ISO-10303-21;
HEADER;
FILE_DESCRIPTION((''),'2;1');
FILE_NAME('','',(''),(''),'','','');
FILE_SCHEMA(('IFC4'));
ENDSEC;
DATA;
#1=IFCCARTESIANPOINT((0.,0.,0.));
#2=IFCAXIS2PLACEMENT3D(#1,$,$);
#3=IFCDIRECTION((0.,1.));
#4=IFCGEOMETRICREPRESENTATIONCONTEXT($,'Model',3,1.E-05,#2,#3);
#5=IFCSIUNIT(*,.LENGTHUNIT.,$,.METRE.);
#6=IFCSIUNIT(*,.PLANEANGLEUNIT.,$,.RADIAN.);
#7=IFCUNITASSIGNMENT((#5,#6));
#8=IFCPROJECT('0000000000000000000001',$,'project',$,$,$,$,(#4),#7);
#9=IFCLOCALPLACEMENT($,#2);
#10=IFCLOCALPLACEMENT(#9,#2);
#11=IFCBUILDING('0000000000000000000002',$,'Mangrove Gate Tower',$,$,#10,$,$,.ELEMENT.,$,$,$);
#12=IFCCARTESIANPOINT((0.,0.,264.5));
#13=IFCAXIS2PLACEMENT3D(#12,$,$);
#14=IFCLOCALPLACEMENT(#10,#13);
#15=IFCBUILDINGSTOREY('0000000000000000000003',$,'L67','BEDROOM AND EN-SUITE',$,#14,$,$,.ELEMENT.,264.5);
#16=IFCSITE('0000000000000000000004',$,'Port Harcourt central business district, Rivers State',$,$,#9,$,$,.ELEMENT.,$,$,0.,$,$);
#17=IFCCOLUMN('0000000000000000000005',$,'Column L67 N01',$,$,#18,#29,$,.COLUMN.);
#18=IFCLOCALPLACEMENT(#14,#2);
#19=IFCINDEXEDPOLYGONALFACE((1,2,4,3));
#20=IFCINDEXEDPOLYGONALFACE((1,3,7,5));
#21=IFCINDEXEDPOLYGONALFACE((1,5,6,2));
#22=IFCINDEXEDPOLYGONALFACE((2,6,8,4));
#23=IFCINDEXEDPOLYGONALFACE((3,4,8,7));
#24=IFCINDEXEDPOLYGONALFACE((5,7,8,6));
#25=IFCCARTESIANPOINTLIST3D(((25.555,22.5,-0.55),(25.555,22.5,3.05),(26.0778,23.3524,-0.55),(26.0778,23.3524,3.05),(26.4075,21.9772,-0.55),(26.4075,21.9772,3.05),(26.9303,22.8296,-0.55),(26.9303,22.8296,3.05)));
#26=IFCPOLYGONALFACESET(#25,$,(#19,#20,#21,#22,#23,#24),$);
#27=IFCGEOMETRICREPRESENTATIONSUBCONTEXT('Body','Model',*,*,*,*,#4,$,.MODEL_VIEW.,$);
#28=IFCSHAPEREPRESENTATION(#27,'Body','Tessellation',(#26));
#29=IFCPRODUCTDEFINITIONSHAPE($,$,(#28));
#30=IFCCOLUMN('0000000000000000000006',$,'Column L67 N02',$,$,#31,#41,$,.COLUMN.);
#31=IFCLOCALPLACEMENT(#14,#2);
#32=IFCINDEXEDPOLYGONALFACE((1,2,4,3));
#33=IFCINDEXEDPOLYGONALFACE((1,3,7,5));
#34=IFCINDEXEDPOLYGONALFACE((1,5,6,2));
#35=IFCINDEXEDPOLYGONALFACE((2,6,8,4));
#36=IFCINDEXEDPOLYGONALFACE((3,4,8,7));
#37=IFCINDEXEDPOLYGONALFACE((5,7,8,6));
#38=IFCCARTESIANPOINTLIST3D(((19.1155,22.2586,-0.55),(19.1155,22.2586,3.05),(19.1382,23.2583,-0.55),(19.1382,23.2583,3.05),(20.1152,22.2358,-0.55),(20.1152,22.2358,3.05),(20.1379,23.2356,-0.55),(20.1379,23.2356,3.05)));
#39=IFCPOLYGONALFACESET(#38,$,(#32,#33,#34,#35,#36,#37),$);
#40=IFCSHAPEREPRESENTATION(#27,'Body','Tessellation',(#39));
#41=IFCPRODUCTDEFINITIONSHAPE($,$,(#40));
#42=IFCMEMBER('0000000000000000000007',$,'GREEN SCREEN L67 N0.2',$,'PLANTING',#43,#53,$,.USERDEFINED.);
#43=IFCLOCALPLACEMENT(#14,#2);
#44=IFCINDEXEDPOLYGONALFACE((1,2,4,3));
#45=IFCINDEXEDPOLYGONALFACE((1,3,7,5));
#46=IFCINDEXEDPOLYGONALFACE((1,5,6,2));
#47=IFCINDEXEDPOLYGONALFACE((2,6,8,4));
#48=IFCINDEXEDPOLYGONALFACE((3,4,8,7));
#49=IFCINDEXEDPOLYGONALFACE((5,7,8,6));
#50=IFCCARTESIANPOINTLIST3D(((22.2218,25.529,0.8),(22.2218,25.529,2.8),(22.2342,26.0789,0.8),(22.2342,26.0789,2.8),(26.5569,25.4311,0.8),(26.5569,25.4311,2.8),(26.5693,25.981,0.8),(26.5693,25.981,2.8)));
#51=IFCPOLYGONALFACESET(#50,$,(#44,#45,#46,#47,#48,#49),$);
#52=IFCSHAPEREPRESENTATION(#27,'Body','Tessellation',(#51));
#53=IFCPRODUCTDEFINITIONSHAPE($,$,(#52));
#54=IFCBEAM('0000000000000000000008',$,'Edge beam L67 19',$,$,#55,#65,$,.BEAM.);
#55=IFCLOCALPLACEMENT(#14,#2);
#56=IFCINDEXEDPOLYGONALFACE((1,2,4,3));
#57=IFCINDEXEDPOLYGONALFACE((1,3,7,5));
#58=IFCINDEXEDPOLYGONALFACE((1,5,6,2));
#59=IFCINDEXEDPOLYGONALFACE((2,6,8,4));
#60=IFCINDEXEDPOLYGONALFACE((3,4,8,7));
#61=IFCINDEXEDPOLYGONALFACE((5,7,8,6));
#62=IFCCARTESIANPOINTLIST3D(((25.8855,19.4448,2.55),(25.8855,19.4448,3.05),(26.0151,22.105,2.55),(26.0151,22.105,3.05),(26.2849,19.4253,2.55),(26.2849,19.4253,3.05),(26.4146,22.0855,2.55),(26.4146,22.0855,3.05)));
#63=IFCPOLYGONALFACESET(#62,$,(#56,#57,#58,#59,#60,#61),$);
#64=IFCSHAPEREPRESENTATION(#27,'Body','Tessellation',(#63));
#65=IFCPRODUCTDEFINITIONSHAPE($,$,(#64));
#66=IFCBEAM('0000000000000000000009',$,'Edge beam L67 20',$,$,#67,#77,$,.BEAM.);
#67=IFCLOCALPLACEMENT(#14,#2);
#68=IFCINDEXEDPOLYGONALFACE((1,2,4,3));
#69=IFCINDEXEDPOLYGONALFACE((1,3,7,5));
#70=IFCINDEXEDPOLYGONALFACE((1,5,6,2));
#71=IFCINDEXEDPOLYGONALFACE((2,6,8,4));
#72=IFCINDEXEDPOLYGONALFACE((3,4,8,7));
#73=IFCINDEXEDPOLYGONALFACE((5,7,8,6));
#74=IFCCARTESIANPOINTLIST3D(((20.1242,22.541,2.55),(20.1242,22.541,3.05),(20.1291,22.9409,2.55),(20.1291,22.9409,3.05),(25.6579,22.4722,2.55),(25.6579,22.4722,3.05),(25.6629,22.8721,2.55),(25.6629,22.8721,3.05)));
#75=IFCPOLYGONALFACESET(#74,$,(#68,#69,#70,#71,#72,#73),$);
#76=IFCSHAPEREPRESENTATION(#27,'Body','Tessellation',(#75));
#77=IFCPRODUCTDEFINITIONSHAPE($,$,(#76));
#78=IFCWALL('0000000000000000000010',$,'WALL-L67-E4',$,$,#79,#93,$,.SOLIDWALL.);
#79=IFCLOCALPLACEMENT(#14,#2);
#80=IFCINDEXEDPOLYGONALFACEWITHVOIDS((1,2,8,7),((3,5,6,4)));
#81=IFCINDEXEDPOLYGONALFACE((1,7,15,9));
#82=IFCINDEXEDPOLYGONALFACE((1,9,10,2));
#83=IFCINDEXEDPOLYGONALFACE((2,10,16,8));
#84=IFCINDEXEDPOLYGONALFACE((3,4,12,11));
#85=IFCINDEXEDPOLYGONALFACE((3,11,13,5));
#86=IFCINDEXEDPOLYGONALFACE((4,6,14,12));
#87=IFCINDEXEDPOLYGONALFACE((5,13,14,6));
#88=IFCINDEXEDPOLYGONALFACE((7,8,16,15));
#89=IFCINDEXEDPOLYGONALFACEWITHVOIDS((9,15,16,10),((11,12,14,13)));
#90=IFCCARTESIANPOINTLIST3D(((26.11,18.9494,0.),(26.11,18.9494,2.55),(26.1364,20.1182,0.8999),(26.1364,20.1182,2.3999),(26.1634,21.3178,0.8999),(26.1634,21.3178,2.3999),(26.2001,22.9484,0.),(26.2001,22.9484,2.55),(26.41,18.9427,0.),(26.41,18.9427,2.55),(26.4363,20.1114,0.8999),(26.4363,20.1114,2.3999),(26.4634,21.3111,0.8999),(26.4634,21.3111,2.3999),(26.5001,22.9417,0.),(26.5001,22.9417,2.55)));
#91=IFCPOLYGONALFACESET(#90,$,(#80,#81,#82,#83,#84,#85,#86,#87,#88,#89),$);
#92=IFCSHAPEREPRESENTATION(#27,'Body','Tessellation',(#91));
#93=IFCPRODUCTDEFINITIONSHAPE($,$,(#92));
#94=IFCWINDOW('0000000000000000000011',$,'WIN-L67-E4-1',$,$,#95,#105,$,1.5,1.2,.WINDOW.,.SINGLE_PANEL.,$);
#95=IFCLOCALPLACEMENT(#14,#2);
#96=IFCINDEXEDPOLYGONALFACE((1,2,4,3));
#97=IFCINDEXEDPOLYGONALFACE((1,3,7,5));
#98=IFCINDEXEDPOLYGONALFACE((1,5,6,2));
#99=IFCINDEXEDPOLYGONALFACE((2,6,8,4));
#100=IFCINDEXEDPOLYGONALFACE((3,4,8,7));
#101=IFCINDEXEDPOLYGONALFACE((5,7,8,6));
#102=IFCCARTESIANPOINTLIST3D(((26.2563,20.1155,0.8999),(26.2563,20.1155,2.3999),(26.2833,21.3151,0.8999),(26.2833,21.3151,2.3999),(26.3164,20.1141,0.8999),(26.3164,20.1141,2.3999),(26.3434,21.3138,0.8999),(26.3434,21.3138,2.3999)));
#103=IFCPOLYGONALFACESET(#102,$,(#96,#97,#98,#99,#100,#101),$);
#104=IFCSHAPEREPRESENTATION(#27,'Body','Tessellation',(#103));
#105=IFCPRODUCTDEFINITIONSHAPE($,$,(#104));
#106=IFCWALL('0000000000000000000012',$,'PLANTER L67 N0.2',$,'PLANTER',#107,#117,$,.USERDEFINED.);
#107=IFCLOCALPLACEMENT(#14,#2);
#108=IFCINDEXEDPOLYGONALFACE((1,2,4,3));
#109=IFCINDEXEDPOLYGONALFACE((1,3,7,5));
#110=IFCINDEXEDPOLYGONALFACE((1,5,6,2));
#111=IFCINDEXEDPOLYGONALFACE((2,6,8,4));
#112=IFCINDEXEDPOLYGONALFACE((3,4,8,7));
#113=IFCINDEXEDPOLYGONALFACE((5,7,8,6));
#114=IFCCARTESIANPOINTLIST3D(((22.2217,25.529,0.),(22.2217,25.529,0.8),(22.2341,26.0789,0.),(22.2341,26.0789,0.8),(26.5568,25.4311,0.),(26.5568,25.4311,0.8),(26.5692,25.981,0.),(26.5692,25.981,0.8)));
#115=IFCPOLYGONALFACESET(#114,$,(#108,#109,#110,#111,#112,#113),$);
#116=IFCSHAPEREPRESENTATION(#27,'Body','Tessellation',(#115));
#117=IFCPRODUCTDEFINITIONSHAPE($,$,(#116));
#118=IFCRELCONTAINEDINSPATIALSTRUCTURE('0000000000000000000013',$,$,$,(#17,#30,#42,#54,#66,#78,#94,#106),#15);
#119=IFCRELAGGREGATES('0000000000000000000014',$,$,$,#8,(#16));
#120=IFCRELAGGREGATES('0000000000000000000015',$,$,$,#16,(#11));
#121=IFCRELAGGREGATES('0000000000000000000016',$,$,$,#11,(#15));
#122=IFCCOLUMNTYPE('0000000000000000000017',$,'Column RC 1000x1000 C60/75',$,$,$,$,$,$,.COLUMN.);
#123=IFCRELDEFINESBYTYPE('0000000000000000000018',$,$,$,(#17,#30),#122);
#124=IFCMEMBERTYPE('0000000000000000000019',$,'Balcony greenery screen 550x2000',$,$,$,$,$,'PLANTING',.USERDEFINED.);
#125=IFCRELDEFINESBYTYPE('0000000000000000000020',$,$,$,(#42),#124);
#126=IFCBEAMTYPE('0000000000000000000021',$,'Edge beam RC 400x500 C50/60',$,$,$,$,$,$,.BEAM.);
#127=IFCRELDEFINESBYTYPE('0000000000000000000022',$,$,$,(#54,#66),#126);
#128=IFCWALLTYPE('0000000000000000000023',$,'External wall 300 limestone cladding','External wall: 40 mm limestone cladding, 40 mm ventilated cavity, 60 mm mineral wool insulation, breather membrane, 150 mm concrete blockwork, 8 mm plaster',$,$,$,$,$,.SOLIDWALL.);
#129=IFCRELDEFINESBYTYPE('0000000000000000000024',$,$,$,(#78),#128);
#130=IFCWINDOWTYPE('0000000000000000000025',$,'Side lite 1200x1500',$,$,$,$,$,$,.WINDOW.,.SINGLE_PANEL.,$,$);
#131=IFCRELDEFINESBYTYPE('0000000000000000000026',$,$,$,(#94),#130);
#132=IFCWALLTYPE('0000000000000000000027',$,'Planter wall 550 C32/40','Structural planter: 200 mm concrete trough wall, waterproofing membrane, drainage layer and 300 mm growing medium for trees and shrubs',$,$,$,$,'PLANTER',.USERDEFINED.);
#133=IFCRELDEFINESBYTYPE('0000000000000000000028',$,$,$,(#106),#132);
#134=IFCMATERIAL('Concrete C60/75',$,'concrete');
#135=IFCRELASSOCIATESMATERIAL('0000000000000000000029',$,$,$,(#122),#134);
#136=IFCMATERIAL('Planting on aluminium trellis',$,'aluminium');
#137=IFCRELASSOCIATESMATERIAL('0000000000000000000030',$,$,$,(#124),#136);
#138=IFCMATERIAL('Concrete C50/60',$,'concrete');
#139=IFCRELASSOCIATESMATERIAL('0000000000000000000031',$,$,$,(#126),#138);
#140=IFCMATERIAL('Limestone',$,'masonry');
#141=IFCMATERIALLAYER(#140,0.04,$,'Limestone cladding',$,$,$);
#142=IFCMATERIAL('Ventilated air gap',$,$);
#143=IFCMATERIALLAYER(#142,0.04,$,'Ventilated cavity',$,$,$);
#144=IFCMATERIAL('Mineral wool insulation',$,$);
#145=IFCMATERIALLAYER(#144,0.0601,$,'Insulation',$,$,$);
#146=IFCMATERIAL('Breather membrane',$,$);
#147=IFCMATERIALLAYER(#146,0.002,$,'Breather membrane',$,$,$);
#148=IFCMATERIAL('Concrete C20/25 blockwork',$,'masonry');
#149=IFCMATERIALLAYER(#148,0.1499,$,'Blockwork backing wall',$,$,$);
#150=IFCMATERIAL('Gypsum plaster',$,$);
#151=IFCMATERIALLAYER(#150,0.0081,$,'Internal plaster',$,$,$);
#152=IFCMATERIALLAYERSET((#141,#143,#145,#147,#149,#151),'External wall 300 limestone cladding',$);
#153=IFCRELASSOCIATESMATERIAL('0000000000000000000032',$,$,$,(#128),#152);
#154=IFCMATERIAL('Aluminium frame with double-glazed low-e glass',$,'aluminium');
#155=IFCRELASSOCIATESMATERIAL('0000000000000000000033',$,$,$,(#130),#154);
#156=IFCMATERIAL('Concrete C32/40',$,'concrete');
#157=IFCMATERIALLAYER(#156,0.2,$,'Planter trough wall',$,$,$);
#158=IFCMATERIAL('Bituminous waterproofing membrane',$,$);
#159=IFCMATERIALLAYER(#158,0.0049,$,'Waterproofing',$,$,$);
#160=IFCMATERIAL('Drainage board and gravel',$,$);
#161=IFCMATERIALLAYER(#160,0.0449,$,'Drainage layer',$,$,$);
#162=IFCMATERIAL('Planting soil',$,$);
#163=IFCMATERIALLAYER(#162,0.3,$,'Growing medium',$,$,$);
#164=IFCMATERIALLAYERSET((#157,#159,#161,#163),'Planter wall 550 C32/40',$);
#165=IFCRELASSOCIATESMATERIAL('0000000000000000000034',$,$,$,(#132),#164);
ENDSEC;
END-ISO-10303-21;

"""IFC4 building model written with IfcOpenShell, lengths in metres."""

from ifc_helpers import new_model, si_unit, direction, frame, frame_2d, origin, origin_2d, place, context, subcontext, project, spatial, rectangle, extrude, material, layer, layer_set, material_profile, profile_set, type_object, element, fill, save


model = new_model("IFC4")

# Units and contexts
model_context = context("Model", 3, precision=1e-05, world=origin(), true_north=direction((0.0, 1.0)))
body_context = subcontext(model_context, "Body", "Model", "MODEL_VIEW")
ifc_project = project(units=[si_unit("LENGTHUNIT", "METRE"), si_unit("PLANEANGLEUNIT", "RADIAN")], contexts=[model_context])

# Site, building, storey
site_placement = place(None, origin())
site = spatial("IfcSite", under=ifc_project, at=site_placement, Name="Port Harcourt central business district, Rivers State", CompositionType="ELEMENT", RefElevation=0.0)
building_placement = place(site_placement, origin())
building = spatial("IfcBuilding", under=site, at=building_placement, Name="Mangrove Gate Tower", CompositionType="ELEMENT")
storey_placement = place(building_placement, frame((0.0, 0.0, 264.5)))
storey = spatial("IfcBuildingStorey", under=building, at=storey_placement, Name="L67", Description="BEDROOM AND EN-SUITE", CompositionType="ELEMENT", Elevation=264.5)

# Columns
ifc_material_1 = material(Name="Concrete C60/75", Category="concrete")
ifc_material_profile_1 = material_profile(ifc_material_1, rectangle(XDim=1.0, YDim=1.0, at=origin_2d()))
ifc_profile_set_1 = profile_set([ifc_material_profile_1], Name="Concrete C60/75")
column_type = type_object("IfcColumnType", Name="Column RC 1000x1000 C60/75", PredefinedType="COLUMN", material=ifc_profile_set_1)
for number, where, z_axis, x_axis, name in (
    (1, (26.2427, 22.6648, -0.55), (0.0, 0.0, 1.0), (-0.852457, 0.522798, 0.0), "Column L67 N01"),
    (2, (19.6267, 22.7471, -0.55), (0.0, 0.0, 1.0), (-0.999742, 0.022715, 0.0), "Column L67 N02"),
):
    element("IfcColumn", number, at=place(storey_placement, frame(where, z_axis=z_axis, x_axis=x_axis)), inside=storey, type_object=column_type, Name=name, PredefinedType="COLUMN", context=body_context, shape_type="SweptSolid", body=[
        extrude(rectangle(XDim=1.0, YDim=1.0, at=origin_2d()), origin(), (0.0, 0.0, 1.0), 3.6001),
    ])

# Member
ifc_material_2 = material(Name="Planting on aluminium trellis", Category="aluminium")
ifc_material_profile_2 = material_profile(ifc_material_2, rectangle(XDim=0.55, YDim=2.0, at=origin_2d()))
ifc_profile_set_2 = profile_set([ifc_material_profile_2], Name="Planting on aluminium trellis")
member_type = type_object("IfcMemberType", Name="Balcony greenery screen 550x2000", ElementType="PLANTING", PredefinedType="USERDEFINED", material=ifc_profile_set_2)
member_placement = place(storey_placement, frame((22.228, 25.804, 1.8), z_axis=(0.999745, -0.022578, 0.0), x_axis=(0.022578, 0.999745, 0.0)))
element("IfcMember", 3, at=member_placement, inside=storey, type_object=member_type, Name="GREEN SCREEN L67 N0.2", ObjectType="PLANTING", PredefinedType="USERDEFINED", context=body_context, shape_type="SweptSolid", body=[
    extrude(rectangle(XDim=0.55, YDim=2.0, at=origin_2d()), origin(), (0.0, 0.0, 1.0), 4.3362),
])

# Beams
ifc_material_3 = material(Name="Concrete C50/60", Category="concrete")
ifc_material_profile_3 = material_profile(ifc_material_3, rectangle(XDim=0.3999, YDim=0.5, at=origin_2d()))
ifc_profile_set_3 = profile_set([ifc_material_profile_3], Name="Concrete C50/60")
beam_type = type_object("IfcBeamType", Name="Edge beam RC 400x500 C50/60", PredefinedType="BEAM", material=ifc_profile_set_3)
beam_1_placement = place(storey_placement, frame((26.0852, 19.4351, 2.8), z_axis=(0.048676, 0.998815, 0.0), x_axis=(-0.998815, 0.048676, 0.0)))
element("IfcBeam", 4, at=beam_1_placement, inside=storey, type_object=beam_type, Name="Edge beam L67 19", PredefinedType="BEAM", context=body_context, shape_type="SweptSolid", body=[
    extrude(rectangle(XDim=0.3999, YDim=0.5, at=origin_2d()), origin(), (0.0, 0.0, 1.0), 2.6633),
])
beam_2_placement = place(storey_placement, frame((25.6604, 22.6721, 2.8), z_axis=(-0.999923, 0.012441, 0.0), x_axis=(-0.012441, -0.999923, 0.0)))
element("IfcBeam", 5, at=beam_2_placement, inside=storey, type_object=beam_type, Name="Edge beam L67 20", PredefinedType="BEAM", context=body_context, shape_type="SweptSolid", body=[
    extrude(rectangle(XDim=0.3999, YDim=0.5, at=origin_2d()), origin(), (0.0, 0.0, 1.0), 5.5342),
])

# Wall, opening, window
ifc_material_4 = material(Name="Limestone", Category="masonry")
ifc_layer_1 = layer(ifc_material_4, 0.04, Name="Limestone cladding")
ifc_material_5 = material(Name="Ventilated air gap")
ifc_layer_2 = layer(ifc_material_5, 0.04, Name="Ventilated cavity")
ifc_material_6 = material(Name="Mineral wool insulation")
ifc_layer_3 = layer(ifc_material_6, 0.0601, Name="Insulation")
ifc_material_7 = material(Name="Breather membrane")
ifc_layer_4 = layer(ifc_material_7, 0.002, Name="Breather membrane")
ifc_material_8 = material(Name="Concrete C20/25 blockwork", Category="masonry")
ifc_layer_5 = layer(ifc_material_8, 0.1499, Name="Blockwork backing wall")
ifc_material_9 = material(Name="Gypsum plaster")
ifc_layer_6 = layer(ifc_material_9, 0.0081, Name="Internal plaster")
ifc_layer_set_1 = layer_set([ifc_layer_1, ifc_layer_2, ifc_layer_3, ifc_layer_4, ifc_layer_5, ifc_layer_6], Name="External wall 300 limestone cladding")
wall_type_1 = type_object("IfcWallType", Name="External wall 300 limestone cladding", Description="External wall: 40 mm limestone cladding, 40 mm ventilated cavity, 60 mm mineral wool insulation, breather membrane, 150 mm concrete blockwork, 8 mm plaster", PredefinedType="SOLIDWALL", material=ifc_layer_set_1)
wall_1_placement = place(storey_placement, frame((26.26, 18.946, 0.0), z_axis=(0.0, 0.0, 1.0), x_axis=(0.022522, 0.999746, 0.0)))
wall_1 = element("IfcWall", 6, at=wall_1_placement, inside=storey, type_object=wall_type_1, Name="WALL-L67-E4", PredefinedType="SOLIDWALL", context=body_context, shape_type="SweptSolid", body=[
    extrude(rectangle(XDim=4.0, YDim=0.3, at=frame_2d((2.0, 0.0))), origin(), (0.0, 0.0, 1.0), 2.55),
])
opening_1_placement = place(wall_1_placement, frame((1.1689, 0.0, 0.8999)))
opening_1 = element("IfcOpeningElement", 7, at=opening_1_placement, cuts=wall_1, PredefinedType="OPENING", context=body_context, shape_type="SweptSolid", body=[
    extrude(rectangle(XDim=1.2, YDim=1.5, at=frame_2d((0.6001, 0.75))), frame((0.0, 0.1599, 0.0), z_axis=(0.0, -1.0, 0.0), x_axis=(1.0, 0.0, 0.0)), (0.0, 0.0, 1.0), 0.3201),
])
ifc_material_10 = material(Name="Aluminium frame with double-glazed low-e glass", Category="aluminium")
window_type_1 = type_object("IfcWindowType", Name="Side lite 1200x1500", PartitioningType="SINGLE_PANEL", PredefinedType="WINDOW", material=ifc_material_10)
window_1_placement = place(opening_1_placement, origin())
window_1 = element("IfcWindow", 8, at=window_1_placement, inside=storey, type_object=window_type_1, Name="WIN-L67-E4-1", OverallHeight=1.5, OverallWidth=1.2, PartitioningType="SINGLE_PANEL", PredefinedType="WINDOW", context=body_context, shape_type="SweptSolid", body=[
    extrude(rectangle(XDim=1.2, YDim=1.5, at=frame_2d((0.6001, 0.75))), frame((0.0, 0.03, 0.0), z_axis=(0.0, -1.0, 0.0), x_axis=(1.0, 0.0, 0.0)), (0.0, 0.0, 1.0), 0.0601),
])
fill(opening_1, window_1)

# Wall
ifc_material_11 = material(Name="Concrete C32/40", Category="concrete")
ifc_layer_7 = layer(ifc_material_11, 0.2, Name="Planter trough wall")
ifc_material_12 = material(Name="Bituminous waterproofing membrane")
ifc_layer_8 = layer(ifc_material_12, 0.0049, Name="Waterproofing")
ifc_material_13 = material(Name="Drainage board and gravel")
ifc_layer_9 = layer(ifc_material_13, 0.0449, Name="Drainage layer")
ifc_material_14 = material(Name="Planting soil")
ifc_layer_10 = layer(ifc_material_14, 0.3, Name="Growing medium")
ifc_layer_set_2 = layer_set([ifc_layer_7, ifc_layer_8, ifc_layer_9, ifc_layer_10], Name="Planter wall 550 C32/40")
wall_type_2 = type_object("IfcWallType", Name="Planter wall 550 C32/40", Description="Structural planter: 200 mm concrete trough wall, waterproofing membrane, drainage layer and 300 mm growing medium for trees and shrubs", ElementType="PLANTER", PredefinedType="USERDEFINED", material=ifc_layer_set_2)
wall_2_placement = place(storey_placement, frame((22.228, 25.804, 0.0), z_axis=(0.0, 0.0, 1.0), x_axis=(0.999745, -0.022578, 0.0)))
element("IfcWall", 9, at=wall_2_placement, inside=storey, type_object=wall_type_2, Name="PLANTER L67 N0.2", ObjectType="PLANTER", PredefinedType="USERDEFINED", context=body_context, shape_type="SweptSolid", body=[
    extrude(rectangle(XDim=4.3362, YDim=0.55, at=frame_2d((2.168, 0.0))), origin(), (0.0, 0.0, 1.0), 0.8),
])

save(model, "model.ifc")
